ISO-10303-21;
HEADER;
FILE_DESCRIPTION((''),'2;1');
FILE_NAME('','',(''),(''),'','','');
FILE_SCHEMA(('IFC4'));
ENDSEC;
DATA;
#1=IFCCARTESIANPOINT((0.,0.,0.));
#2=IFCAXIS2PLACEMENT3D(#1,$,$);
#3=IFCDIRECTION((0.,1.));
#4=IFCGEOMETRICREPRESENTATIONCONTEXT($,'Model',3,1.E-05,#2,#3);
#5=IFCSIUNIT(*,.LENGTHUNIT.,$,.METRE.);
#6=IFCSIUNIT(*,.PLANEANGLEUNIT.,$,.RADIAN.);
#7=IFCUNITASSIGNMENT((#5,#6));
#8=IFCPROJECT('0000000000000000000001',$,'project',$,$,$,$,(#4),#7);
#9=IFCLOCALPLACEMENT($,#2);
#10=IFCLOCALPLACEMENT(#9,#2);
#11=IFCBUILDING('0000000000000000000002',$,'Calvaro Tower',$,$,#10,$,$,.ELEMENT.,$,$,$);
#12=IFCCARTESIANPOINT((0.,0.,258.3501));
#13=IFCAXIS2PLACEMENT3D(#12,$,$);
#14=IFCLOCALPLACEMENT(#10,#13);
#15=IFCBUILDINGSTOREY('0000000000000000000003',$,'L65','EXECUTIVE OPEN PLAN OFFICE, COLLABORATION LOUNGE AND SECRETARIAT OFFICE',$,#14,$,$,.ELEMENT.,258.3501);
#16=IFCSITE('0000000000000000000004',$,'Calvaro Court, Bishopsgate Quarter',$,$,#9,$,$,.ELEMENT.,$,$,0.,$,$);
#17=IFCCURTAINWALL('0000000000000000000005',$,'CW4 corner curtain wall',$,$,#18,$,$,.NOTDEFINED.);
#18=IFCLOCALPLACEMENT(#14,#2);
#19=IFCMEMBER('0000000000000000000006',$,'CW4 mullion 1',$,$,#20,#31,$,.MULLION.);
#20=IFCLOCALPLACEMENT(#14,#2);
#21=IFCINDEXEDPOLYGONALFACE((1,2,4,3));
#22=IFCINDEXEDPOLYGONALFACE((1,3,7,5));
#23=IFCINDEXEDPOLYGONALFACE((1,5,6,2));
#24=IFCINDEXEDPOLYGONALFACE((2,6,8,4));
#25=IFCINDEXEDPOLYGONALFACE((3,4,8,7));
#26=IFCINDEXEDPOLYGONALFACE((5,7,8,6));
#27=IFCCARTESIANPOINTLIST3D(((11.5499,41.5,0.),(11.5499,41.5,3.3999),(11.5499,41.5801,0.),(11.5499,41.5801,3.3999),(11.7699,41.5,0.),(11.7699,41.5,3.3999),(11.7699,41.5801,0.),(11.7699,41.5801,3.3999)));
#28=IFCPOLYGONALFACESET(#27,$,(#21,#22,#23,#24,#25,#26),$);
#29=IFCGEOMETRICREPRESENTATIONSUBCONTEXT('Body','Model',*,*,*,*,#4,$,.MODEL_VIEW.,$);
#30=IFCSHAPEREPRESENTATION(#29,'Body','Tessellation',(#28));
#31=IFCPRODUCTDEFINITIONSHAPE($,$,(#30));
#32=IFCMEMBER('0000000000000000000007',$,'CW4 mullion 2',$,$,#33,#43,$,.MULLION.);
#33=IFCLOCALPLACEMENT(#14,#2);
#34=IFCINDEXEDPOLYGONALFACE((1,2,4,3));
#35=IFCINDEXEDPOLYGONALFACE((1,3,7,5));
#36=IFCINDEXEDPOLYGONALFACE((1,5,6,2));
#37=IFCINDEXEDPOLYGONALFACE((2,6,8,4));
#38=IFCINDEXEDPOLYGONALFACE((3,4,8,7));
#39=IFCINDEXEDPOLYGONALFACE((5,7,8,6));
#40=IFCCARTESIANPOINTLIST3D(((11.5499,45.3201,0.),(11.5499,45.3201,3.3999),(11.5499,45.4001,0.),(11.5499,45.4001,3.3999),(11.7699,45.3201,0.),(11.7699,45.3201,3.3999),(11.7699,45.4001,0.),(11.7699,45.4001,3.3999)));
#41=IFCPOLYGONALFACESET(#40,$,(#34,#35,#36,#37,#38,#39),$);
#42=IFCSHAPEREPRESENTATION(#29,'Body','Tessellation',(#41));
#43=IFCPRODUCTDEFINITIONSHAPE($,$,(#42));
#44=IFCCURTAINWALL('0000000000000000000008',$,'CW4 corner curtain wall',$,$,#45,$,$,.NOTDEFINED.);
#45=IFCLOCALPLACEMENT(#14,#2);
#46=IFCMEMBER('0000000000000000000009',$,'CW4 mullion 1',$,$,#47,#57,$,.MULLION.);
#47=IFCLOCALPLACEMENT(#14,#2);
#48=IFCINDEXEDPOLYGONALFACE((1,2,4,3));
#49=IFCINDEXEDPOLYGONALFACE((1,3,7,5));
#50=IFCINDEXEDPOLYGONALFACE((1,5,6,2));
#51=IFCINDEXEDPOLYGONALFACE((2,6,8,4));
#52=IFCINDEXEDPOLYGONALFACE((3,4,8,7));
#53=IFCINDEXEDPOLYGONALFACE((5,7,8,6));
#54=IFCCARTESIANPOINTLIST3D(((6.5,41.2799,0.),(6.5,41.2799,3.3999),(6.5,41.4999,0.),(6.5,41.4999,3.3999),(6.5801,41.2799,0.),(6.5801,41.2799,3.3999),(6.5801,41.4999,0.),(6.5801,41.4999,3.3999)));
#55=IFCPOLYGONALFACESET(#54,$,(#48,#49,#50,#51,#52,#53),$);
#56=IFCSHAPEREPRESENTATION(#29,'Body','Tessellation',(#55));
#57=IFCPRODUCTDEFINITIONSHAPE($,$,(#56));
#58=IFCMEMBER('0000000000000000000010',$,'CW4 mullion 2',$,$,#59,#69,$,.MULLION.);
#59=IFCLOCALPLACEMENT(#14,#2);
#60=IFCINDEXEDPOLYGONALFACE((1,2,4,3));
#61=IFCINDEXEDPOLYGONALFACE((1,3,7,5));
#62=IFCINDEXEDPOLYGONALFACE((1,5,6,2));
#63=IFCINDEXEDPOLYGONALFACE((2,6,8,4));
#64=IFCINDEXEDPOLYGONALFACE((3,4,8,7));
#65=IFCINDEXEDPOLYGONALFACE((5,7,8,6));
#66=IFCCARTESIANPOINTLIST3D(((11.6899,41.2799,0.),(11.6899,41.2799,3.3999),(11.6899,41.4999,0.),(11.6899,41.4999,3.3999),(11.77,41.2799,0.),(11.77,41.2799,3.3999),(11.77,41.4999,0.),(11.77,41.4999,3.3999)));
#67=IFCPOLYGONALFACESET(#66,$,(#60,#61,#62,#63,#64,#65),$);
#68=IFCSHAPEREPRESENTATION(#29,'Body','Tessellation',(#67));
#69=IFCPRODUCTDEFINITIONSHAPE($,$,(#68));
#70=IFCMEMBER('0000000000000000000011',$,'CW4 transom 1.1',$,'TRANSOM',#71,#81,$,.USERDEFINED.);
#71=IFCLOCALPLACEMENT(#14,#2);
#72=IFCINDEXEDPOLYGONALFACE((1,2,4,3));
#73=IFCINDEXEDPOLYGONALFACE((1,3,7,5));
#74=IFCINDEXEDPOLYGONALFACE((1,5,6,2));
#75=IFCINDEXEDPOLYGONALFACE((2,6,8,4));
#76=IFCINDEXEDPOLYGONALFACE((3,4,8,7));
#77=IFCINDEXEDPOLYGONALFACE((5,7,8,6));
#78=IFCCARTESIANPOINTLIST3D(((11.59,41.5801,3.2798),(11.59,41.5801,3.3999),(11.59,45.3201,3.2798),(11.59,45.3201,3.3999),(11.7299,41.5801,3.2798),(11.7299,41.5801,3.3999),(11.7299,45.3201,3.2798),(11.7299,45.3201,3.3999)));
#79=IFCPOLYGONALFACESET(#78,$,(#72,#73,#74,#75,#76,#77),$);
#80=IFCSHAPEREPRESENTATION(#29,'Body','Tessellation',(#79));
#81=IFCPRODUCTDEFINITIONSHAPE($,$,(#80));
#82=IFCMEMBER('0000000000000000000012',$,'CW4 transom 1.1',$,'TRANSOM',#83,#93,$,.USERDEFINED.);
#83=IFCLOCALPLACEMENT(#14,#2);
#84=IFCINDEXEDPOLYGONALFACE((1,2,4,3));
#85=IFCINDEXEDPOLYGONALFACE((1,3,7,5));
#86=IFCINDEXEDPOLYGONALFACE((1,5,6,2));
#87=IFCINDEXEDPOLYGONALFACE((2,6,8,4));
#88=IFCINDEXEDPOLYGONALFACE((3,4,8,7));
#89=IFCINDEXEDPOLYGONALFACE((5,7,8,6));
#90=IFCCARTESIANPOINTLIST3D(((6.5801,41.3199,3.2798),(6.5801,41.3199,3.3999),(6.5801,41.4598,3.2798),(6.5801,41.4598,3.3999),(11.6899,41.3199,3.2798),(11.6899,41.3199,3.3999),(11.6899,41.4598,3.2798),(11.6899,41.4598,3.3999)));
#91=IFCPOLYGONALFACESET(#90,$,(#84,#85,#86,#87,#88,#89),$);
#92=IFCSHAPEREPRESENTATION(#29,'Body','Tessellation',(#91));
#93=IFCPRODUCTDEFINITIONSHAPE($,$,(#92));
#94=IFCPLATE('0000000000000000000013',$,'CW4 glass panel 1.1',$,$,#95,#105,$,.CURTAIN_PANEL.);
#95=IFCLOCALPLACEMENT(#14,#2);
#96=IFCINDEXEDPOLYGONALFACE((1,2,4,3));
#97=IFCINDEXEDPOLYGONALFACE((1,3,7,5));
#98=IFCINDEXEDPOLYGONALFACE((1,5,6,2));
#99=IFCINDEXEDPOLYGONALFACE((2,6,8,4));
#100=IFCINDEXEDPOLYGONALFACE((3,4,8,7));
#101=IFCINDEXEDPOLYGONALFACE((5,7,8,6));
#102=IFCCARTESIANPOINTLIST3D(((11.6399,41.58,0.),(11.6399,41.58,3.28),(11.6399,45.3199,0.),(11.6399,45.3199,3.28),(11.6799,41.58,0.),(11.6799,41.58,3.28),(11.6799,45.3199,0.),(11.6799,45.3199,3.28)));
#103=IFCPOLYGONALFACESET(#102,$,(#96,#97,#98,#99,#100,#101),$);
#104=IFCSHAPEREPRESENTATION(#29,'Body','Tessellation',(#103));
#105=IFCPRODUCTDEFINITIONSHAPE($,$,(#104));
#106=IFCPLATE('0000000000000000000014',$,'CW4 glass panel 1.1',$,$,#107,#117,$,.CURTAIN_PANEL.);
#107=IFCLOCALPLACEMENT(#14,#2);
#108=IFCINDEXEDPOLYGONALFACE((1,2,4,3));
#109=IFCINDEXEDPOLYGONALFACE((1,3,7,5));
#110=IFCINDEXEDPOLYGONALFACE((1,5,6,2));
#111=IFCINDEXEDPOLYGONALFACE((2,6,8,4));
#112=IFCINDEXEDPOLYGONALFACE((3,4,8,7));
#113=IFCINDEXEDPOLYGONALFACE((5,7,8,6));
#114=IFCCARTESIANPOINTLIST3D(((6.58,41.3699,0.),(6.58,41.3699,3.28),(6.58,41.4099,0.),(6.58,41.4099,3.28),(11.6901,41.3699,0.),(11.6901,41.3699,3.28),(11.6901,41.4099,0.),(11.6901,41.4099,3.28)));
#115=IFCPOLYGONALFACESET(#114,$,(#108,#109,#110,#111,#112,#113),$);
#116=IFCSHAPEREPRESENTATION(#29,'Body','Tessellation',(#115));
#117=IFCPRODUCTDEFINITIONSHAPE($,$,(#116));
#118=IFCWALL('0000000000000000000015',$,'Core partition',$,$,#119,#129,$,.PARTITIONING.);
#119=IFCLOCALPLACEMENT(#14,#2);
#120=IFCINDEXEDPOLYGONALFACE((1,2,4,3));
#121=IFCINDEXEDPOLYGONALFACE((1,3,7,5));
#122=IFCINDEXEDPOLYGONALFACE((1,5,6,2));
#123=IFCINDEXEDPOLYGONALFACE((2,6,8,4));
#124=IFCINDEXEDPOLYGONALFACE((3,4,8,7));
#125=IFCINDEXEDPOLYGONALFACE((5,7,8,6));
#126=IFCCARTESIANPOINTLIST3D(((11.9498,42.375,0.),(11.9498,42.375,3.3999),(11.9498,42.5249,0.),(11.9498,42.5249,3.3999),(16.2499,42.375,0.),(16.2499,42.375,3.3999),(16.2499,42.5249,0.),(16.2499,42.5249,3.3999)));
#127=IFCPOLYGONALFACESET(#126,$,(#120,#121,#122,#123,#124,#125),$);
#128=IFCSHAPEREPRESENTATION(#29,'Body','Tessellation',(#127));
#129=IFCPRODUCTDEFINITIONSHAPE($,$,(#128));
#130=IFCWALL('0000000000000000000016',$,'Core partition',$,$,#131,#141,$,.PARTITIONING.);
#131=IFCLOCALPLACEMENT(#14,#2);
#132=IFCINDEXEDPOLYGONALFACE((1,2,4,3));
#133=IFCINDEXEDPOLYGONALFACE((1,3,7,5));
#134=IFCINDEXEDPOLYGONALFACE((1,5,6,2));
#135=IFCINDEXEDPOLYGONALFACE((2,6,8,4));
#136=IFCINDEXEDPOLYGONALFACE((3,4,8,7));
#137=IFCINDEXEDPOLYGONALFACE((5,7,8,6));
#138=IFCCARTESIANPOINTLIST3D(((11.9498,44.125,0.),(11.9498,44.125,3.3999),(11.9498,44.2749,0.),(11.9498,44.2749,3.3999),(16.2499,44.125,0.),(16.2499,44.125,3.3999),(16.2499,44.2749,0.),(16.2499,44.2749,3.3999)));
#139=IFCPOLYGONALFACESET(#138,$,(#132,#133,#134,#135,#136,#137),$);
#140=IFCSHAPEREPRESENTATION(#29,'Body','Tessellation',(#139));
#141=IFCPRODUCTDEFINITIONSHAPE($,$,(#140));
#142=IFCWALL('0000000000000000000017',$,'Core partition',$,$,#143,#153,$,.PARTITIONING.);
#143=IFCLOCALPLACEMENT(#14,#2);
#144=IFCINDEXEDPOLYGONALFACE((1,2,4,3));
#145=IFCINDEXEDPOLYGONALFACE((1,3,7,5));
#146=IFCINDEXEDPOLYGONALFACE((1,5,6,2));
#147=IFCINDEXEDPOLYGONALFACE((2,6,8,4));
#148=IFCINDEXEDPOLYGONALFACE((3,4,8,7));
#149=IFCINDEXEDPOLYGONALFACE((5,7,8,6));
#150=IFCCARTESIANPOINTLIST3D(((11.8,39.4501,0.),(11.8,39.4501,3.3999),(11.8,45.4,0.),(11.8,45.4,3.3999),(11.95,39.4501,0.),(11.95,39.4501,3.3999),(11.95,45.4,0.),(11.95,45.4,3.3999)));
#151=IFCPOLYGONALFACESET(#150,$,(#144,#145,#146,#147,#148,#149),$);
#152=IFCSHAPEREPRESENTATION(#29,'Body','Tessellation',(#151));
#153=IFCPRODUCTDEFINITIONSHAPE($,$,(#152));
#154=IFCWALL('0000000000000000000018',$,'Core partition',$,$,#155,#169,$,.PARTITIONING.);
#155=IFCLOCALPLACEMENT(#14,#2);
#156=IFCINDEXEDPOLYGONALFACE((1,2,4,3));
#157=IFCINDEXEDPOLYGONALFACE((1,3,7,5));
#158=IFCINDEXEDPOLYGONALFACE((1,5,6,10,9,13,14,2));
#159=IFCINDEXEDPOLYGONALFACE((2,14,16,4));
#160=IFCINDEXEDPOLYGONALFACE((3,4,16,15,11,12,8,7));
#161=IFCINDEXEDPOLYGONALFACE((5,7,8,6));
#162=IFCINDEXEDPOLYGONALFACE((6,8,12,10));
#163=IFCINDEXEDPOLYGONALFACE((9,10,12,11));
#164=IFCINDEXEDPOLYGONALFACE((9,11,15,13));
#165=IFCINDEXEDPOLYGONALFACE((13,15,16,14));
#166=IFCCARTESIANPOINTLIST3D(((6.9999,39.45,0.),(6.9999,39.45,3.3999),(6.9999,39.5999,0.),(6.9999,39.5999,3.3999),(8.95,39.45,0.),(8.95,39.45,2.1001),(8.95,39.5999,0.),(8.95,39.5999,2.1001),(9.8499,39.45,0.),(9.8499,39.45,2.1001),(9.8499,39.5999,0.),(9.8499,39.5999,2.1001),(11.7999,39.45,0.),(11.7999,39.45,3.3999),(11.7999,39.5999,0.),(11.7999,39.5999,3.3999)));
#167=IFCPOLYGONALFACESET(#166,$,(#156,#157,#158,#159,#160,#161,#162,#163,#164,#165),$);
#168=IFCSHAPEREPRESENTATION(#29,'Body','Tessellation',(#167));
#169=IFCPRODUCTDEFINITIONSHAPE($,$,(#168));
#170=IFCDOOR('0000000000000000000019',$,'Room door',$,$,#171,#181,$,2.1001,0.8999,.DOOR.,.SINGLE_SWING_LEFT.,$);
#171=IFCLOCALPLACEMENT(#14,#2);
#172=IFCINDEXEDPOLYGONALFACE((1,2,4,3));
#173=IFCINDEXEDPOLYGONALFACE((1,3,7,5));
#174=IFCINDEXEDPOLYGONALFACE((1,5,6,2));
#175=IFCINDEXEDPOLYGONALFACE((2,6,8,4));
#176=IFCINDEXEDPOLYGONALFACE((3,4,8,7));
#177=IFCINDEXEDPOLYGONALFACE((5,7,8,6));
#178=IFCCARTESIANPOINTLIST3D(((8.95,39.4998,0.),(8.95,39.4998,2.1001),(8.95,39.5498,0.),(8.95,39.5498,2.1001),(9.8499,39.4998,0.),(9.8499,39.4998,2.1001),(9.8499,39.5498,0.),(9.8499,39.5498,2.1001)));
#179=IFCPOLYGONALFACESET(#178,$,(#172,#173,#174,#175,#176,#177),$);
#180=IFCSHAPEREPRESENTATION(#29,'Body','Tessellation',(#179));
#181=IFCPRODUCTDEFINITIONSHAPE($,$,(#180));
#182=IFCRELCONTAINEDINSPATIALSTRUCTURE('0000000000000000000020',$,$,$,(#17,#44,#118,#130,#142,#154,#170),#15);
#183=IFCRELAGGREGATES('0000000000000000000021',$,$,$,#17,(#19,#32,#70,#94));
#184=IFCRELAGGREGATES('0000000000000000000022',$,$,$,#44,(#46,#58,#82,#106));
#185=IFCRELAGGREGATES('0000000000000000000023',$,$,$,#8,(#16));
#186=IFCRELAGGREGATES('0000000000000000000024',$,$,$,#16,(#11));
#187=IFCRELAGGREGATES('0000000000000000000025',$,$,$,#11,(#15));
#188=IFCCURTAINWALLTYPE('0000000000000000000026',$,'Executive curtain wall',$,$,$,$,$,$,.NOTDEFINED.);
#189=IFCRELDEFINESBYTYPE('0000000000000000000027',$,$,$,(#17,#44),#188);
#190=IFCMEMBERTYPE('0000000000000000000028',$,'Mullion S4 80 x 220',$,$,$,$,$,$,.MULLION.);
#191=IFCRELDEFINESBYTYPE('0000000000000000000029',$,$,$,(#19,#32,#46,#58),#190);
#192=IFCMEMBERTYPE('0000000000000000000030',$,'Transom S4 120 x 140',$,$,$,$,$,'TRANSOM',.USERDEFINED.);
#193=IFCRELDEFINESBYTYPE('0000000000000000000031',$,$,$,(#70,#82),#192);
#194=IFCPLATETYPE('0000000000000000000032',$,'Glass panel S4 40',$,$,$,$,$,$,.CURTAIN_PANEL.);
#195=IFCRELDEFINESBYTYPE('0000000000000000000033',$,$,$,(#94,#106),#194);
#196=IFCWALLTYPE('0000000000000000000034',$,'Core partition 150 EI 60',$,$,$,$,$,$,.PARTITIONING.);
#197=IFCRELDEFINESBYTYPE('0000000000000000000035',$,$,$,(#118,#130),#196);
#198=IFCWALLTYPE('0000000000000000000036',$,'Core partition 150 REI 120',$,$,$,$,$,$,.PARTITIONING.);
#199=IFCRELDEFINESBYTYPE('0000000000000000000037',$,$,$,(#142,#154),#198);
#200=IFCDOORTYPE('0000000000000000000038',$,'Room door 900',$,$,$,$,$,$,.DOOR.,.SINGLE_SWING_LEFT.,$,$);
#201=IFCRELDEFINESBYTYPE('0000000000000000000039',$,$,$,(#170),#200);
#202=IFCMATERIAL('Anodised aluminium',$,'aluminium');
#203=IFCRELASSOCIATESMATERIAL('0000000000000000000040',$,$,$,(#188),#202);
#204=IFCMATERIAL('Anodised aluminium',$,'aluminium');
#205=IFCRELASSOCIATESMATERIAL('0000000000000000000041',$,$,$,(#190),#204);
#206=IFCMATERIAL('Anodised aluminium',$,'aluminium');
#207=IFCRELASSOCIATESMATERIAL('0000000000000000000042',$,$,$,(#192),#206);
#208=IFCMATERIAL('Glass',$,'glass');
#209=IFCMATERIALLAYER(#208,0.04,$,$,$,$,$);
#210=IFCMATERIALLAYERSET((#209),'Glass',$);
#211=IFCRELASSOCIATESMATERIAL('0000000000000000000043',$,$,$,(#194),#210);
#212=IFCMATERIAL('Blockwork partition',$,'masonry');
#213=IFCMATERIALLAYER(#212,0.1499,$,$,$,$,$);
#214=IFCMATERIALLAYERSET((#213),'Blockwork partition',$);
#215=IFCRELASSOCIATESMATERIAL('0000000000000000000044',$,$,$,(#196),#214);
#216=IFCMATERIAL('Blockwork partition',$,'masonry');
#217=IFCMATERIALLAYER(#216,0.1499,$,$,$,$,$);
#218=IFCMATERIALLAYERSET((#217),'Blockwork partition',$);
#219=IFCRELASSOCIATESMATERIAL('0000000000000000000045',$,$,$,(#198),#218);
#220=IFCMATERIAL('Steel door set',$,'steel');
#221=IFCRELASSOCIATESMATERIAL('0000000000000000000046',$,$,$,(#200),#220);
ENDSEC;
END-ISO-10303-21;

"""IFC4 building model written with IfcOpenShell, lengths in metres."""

from ifc_helpers import new_model, si_unit, direction, frame, frame_2d, origin, origin_2d, place, context, subcontext, project, spatial, rectangle, extrude, material, layer, layer_set, material_profile, profile_set, type_object, element, fill, aggregate, save


model = new_model("IFC4")

# Units and contexts
model_context = context("Model", 3, precision=1e-05, world=origin(), true_north=direction((0.0, 1.0)))
body_context = subcontext(model_context, "Body", "Model", "MODEL_VIEW")
ifc_project = project(units=[si_unit("LENGTHUNIT", "METRE"), si_unit("PLANEANGLEUNIT", "RADIAN")], contexts=[model_context])

# Site, building, storey
site_placement = place(None, origin())
site = spatial("IfcSite", under=ifc_project, at=site_placement, Name="Calvaro Court, Bishopsgate Quarter", CompositionType="ELEMENT", RefElevation=0.0)
building_placement = place(site_placement, origin())
building = spatial("IfcBuilding", under=site, at=building_placement, Name="Calvaro Tower", CompositionType="ELEMENT")
storey_placement = place(building_placement, frame((0.0, 0.0, 258.3501)))
storey = spatial("IfcBuildingStorey", under=building, at=storey_placement, Name="L65", Description="EXECUTIVE OPEN PLAN OFFICE, COLLABORATION LOUNGE AND SECRETARIAT OFFICE", CompositionType="ELEMENT", Elevation=258.3501)

# Curtain walls, members
ifc_material_1 = material(Name="Anodised aluminium", Category="aluminium")
curtain_wall_type = type_object("IfcCurtainWallType", Name="Executive curtain wall", PredefinedType="NOTDEFINED", material=ifc_material_1)
curtain_wall_1_placement = place(storey_placement, origin())
curtain_wall_1 = element("IfcCurtainWall", 1, at=curtain_wall_1_placement, inside=storey, type_object=curtain_wall_type, Name="CW4 corner curtain wall", PredefinedType="NOTDEFINED")
ifc_material_2 = material(Name="Anodised aluminium", Category="aluminium")
ifc_material_profile_1 = material_profile(ifc_material_2, rectangle(XDim=0.22, YDim=0.0801, at=origin_2d()), Name="Mullion S4 80 x 220")
ifc_profile_set_1 = profile_set([ifc_material_profile_1], Name="Anodised aluminium")
member_type_1 = type_object("IfcMemberType", Name="Mullion S4 80 x 220", PredefinedType="MULLION", material=ifc_profile_set_1)
member_1_placement = place(storey_placement, frame((11.6599, 41.54, 0.0), z_axis=(0.0, 0.0, 1.0), x_axis=(-1.0, 0.0, 0.0)))
member_1 = element("IfcMember", 2, at=member_1_placement, type_object=member_type_1, Name="CW4 mullion 1", PredefinedType="MULLION", context=body_context, shape_type="SweptSolid", body=[
    extrude(rectangle(XDim=0.22, YDim=0.0801, at=origin_2d()), origin(), (0.0, 0.0, 1.0), 3.3999),
])
member_2_placement = place(storey_placement, frame((11.6599, 45.3601, 0.0), z_axis=(0.0, 0.0, 1.0), x_axis=(-1.0, 0.0, 0.0)))
member_2 = element("IfcMember", 3, at=member_2_placement, type_object=member_type_1, Name="CW4 mullion 2", PredefinedType="MULLION", context=body_context, shape_type="SweptSolid", body=[
    extrude(rectangle(XDim=0.22, YDim=0.0801, at=origin_2d()), origin(), (0.0, 0.0, 1.0), 3.3999),
])
curtain_wall_2_placement = place(storey_placement, origin())
curtain_wall_2 = element("IfcCurtainWall", 4, at=curtain_wall_2_placement, inside=storey, type_object=curtain_wall_type, Name="CW4 corner curtain wall", PredefinedType="NOTDEFINED")
member_3_placement = place(storey_placement, frame((6.54, 41.3899, 0.0), z_axis=(0.0, 0.0, 1.0), x_axis=(0.0, 1.0, 0.0)))
member_3 = element("IfcMember", 5, at=member_3_placement, type_object=member_type_1, Name="CW4 mullion 1", PredefinedType="MULLION", context=body_context, shape_type="SweptSolid", body=[
    extrude(rectangle(XDim=0.22, YDim=0.0801, at=origin_2d()), origin(), (0.0, 0.0, 1.0), 3.3999),
])
member_4_placement = place(storey_placement, frame((11.73, 41.3899, 0.0), z_axis=(0.0, 0.0, 1.0), x_axis=(0.0, 1.0, 0.0)))
member_4 = element("IfcMember", 6, at=member_4_placement, type_object=member_type_1, Name="CW4 mullion 2", PredefinedType="MULLION", context=body_context, shape_type="SweptSolid", body=[
    extrude(rectangle(XDim=0.22, YDim=0.0801, at=origin_2d()), origin(), (0.0, 0.0, 1.0), 3.3999),
])

# Members
ifc_material_3 = material(Name="Anodised aluminium", Category="aluminium")
ifc_material_profile_2 = material_profile(ifc_material_3, rectangle(XDim=0.1399, YDim=0.1201, at=origin_2d()), Name="Transom S4 120 x 140")
ifc_profile_set_2 = profile_set([ifc_material_profile_2], Name="Anodised aluminium")
member_type_2 = type_object("IfcMemberType", Name="Transom S4 120 x 140", ElementType="TRANSOM", PredefinedType="USERDEFINED", material=ifc_profile_set_2)
member_5_placement = place(storey_placement, frame((11.6599, 41.5801, 3.3398), z_axis=(0.0, 1.0, 0.0), x_axis=(-1.0, 0.0, 0.0)))
member_5 = element("IfcMember", 7, at=member_5_placement, type_object=member_type_2, Name="CW4 transom 1.1", ObjectType="TRANSOM", PredefinedType="USERDEFINED", context=body_context, shape_type="SweptSolid", body=[
    extrude(rectangle(XDim=0.1399, YDim=0.1201, at=origin_2d()), origin(), (0.0, 0.0, 1.0), 3.74),
])
member_6_placement = place(storey_placement, frame((6.5801, 41.3899, 3.3398), z_axis=(1.0, 0.0, 0.0), x_axis=(0.0, 1.0, 0.0)))
member_6 = element("IfcMember", 8, at=member_6_placement, type_object=member_type_2, Name="CW4 transom 1.1", ObjectType="TRANSOM", PredefinedType="USERDEFINED", context=body_context, shape_type="SweptSolid", body=[
    extrude(rectangle(XDim=0.1399, YDim=0.1201, at=origin_2d()), origin(), (0.0, 0.0, 1.0), 5.1099),
])

# Plates
ifc_material_4 = material(Name="Glass", Category="glass")
ifc_layer_1 = layer(ifc_material_4, 0.04)
ifc_layer_set_1 = layer_set([ifc_layer_1], Name="Glass")
plate_type = type_object("IfcPlateType", Name="Glass panel S4 40", PredefinedType="CURTAIN_PANEL", material=ifc_layer_set_1)
plate_1_placement = place(storey_placement, frame((11.6599, 43.45, 0.0), z_axis=(0.0, 0.0, 1.0), x_axis=(0.0, 1.0, 0.0)))
plate_1 = element("IfcPlate", 9, at=plate_1_placement, type_object=plate_type, Name="CW4 glass panel 1.1", PredefinedType="CURTAIN_PANEL", context=body_context, shape_type="SweptSolid", body=[
    extrude(rectangle(XDim=3.74, YDim=0.04, at=origin_2d()), origin(), (0.0, 0.0, 1.0), 3.28),
])
aggregate(curtain_wall_1, [member_1, member_2, member_5, plate_1])
plate_2_placement = place(storey_placement, frame((9.135, 41.3899, 0.0), z_axis=(0.0, 0.0, 1.0), x_axis=(1.0, 0.0, 0.0)))
plate_2 = element("IfcPlate", 10, at=plate_2_placement, type_object=plate_type, Name="CW4 glass panel 1.1", PredefinedType="CURTAIN_PANEL", context=body_context, shape_type="SweptSolid", body=[
    extrude(rectangle(XDim=5.1101, YDim=0.04, at=origin_2d()), origin(), (0.0, 0.0, 1.0), 3.28),
])
aggregate(curtain_wall_2, [member_3, member_4, member_6, plate_2])

# Walls
ifc_material_5 = material(Name="Blockwork partition", Category="masonry")
ifc_layer_2 = layer(ifc_material_5, 0.1499)
ifc_layer_set_2 = layer_set([ifc_layer_2], Name="Blockwork partition")
wall_type_1 = type_object("IfcWallType", Name="Core partition 150 EI 60", PredefinedType="PARTITIONING", material=ifc_layer_set_2)
for number, where, z_axis, x_axis, name in (
    (11, (11.95, 42.45, 0.0), (0.0, 0.0, 1.0), (1.0, 0.0, 0.0), "Core partition"),
    (12, (11.95, 44.2, 0.0), (0.0, 0.0, 1.0), (1.0, 0.0, 0.0), "Core partition"),
):
    element("IfcWall", number, at=place(storey_placement, frame(where, z_axis=z_axis, x_axis=x_axis)), inside=storey, type_object=wall_type_1, Name=name, PredefinedType="PARTITIONING", context=body_context, shape_type="SweptSolid", body=[
        extrude(rectangle(XDim=4.3, YDim=0.1499, at=frame_2d((2.1499, 0.0))), origin(), (0.0, 0.0, 1.0), 3.3999),
    ])
ifc_material_6 = material(Name="Blockwork partition", Category="masonry")
ifc_layer_3 = layer(ifc_material_6, 0.1499)
ifc_layer_set_3 = layer_set([ifc_layer_3], Name="Blockwork partition")
wall_type_2 = type_object("IfcWallType", Name="Core partition 150 REI 120", PredefinedType="PARTITIONING", material=ifc_layer_set_3)
wall_1_placement = place(storey_placement, frame((11.875, 39.45, 0.0), z_axis=(0.0, 0.0, 1.0), x_axis=(0.0, 1.0, 0.0)))
element("IfcWall", 13, at=wall_1_placement, inside=storey, type_object=wall_type_2, Name="Core partition", PredefinedType="PARTITIONING", context=body_context, shape_type="SweptSolid", body=[
    extrude(rectangle(XDim=5.95, YDim=0.1499, at=frame_2d((2.9751, 0.0))), origin(), (0.0, 0.0, 1.0), 3.3999),
])

# Wall, opening, door
wall_2_placement = place(storey_placement, frame((7.0, 39.5249, 0.0), z_axis=(0.0, 0.0, 1.0), x_axis=(1.0, 0.0, 0.0)))
wall_2 = element("IfcWall", 14, at=wall_2_placement, inside=storey, type_object=wall_type_2, Name="Core partition", PredefinedType="PARTITIONING", context=body_context, shape_type="SweptSolid", body=[
    extrude(rectangle(XDim=4.8, YDim=0.1499, at=frame_2d((2.3999, 0.0))), origin(), (0.0, 0.0, 1.0), 3.3999),
])
opening_1_placement = place(wall_2_placement, frame((1.95, 0.0, 0.0)))
opening_1 = element("IfcOpeningElement", 15, at=opening_1_placement, cuts=wall_2, PredefinedType="OPENING", context=body_context, shape_type="SweptSolid", body=[
    extrude(rectangle(XDim=0.8999, YDim=2.1001, at=frame_2d((0.45, 1.05))), frame((0.0, 0.085, 0.0), z_axis=(0.0, -1.0, 0.0), x_axis=(1.0, 0.0, 0.0)), (0.0, 0.0, 1.0), 0.1699),
])
ifc_material_7 = material(Name="Steel door set", Category="steel")
door_type_1 = type_object("IfcDoorType", Name="Room door 900", OperationType="SINGLE_SWING_LEFT", PredefinedType="DOOR", material=ifc_material_7)
door_1_placement = place(opening_1_placement, origin())
door_1 = element("IfcDoor", 16, at=door_1_placement, inside=storey, type_object=door_type_1, Name="Room door", OperationType="SINGLE_SWING_LEFT", OverallHeight=2.1001, OverallWidth=0.8999, PredefinedType="DOOR", context=body_context, shape_type="SweptSolid", body=[
    extrude(rectangle(XDim=0.8999, YDim=2.1001, at=frame_2d((0.45, 1.05))), frame((0.0, 0.0249, 0.0), z_axis=(0.0, -1.0, 0.0), x_axis=(1.0, 0.0, 0.0)), (0.0, 0.0, 1.0), 0.05),
])
fill(opening_1, door_1)

save(model, "model.ifc")
